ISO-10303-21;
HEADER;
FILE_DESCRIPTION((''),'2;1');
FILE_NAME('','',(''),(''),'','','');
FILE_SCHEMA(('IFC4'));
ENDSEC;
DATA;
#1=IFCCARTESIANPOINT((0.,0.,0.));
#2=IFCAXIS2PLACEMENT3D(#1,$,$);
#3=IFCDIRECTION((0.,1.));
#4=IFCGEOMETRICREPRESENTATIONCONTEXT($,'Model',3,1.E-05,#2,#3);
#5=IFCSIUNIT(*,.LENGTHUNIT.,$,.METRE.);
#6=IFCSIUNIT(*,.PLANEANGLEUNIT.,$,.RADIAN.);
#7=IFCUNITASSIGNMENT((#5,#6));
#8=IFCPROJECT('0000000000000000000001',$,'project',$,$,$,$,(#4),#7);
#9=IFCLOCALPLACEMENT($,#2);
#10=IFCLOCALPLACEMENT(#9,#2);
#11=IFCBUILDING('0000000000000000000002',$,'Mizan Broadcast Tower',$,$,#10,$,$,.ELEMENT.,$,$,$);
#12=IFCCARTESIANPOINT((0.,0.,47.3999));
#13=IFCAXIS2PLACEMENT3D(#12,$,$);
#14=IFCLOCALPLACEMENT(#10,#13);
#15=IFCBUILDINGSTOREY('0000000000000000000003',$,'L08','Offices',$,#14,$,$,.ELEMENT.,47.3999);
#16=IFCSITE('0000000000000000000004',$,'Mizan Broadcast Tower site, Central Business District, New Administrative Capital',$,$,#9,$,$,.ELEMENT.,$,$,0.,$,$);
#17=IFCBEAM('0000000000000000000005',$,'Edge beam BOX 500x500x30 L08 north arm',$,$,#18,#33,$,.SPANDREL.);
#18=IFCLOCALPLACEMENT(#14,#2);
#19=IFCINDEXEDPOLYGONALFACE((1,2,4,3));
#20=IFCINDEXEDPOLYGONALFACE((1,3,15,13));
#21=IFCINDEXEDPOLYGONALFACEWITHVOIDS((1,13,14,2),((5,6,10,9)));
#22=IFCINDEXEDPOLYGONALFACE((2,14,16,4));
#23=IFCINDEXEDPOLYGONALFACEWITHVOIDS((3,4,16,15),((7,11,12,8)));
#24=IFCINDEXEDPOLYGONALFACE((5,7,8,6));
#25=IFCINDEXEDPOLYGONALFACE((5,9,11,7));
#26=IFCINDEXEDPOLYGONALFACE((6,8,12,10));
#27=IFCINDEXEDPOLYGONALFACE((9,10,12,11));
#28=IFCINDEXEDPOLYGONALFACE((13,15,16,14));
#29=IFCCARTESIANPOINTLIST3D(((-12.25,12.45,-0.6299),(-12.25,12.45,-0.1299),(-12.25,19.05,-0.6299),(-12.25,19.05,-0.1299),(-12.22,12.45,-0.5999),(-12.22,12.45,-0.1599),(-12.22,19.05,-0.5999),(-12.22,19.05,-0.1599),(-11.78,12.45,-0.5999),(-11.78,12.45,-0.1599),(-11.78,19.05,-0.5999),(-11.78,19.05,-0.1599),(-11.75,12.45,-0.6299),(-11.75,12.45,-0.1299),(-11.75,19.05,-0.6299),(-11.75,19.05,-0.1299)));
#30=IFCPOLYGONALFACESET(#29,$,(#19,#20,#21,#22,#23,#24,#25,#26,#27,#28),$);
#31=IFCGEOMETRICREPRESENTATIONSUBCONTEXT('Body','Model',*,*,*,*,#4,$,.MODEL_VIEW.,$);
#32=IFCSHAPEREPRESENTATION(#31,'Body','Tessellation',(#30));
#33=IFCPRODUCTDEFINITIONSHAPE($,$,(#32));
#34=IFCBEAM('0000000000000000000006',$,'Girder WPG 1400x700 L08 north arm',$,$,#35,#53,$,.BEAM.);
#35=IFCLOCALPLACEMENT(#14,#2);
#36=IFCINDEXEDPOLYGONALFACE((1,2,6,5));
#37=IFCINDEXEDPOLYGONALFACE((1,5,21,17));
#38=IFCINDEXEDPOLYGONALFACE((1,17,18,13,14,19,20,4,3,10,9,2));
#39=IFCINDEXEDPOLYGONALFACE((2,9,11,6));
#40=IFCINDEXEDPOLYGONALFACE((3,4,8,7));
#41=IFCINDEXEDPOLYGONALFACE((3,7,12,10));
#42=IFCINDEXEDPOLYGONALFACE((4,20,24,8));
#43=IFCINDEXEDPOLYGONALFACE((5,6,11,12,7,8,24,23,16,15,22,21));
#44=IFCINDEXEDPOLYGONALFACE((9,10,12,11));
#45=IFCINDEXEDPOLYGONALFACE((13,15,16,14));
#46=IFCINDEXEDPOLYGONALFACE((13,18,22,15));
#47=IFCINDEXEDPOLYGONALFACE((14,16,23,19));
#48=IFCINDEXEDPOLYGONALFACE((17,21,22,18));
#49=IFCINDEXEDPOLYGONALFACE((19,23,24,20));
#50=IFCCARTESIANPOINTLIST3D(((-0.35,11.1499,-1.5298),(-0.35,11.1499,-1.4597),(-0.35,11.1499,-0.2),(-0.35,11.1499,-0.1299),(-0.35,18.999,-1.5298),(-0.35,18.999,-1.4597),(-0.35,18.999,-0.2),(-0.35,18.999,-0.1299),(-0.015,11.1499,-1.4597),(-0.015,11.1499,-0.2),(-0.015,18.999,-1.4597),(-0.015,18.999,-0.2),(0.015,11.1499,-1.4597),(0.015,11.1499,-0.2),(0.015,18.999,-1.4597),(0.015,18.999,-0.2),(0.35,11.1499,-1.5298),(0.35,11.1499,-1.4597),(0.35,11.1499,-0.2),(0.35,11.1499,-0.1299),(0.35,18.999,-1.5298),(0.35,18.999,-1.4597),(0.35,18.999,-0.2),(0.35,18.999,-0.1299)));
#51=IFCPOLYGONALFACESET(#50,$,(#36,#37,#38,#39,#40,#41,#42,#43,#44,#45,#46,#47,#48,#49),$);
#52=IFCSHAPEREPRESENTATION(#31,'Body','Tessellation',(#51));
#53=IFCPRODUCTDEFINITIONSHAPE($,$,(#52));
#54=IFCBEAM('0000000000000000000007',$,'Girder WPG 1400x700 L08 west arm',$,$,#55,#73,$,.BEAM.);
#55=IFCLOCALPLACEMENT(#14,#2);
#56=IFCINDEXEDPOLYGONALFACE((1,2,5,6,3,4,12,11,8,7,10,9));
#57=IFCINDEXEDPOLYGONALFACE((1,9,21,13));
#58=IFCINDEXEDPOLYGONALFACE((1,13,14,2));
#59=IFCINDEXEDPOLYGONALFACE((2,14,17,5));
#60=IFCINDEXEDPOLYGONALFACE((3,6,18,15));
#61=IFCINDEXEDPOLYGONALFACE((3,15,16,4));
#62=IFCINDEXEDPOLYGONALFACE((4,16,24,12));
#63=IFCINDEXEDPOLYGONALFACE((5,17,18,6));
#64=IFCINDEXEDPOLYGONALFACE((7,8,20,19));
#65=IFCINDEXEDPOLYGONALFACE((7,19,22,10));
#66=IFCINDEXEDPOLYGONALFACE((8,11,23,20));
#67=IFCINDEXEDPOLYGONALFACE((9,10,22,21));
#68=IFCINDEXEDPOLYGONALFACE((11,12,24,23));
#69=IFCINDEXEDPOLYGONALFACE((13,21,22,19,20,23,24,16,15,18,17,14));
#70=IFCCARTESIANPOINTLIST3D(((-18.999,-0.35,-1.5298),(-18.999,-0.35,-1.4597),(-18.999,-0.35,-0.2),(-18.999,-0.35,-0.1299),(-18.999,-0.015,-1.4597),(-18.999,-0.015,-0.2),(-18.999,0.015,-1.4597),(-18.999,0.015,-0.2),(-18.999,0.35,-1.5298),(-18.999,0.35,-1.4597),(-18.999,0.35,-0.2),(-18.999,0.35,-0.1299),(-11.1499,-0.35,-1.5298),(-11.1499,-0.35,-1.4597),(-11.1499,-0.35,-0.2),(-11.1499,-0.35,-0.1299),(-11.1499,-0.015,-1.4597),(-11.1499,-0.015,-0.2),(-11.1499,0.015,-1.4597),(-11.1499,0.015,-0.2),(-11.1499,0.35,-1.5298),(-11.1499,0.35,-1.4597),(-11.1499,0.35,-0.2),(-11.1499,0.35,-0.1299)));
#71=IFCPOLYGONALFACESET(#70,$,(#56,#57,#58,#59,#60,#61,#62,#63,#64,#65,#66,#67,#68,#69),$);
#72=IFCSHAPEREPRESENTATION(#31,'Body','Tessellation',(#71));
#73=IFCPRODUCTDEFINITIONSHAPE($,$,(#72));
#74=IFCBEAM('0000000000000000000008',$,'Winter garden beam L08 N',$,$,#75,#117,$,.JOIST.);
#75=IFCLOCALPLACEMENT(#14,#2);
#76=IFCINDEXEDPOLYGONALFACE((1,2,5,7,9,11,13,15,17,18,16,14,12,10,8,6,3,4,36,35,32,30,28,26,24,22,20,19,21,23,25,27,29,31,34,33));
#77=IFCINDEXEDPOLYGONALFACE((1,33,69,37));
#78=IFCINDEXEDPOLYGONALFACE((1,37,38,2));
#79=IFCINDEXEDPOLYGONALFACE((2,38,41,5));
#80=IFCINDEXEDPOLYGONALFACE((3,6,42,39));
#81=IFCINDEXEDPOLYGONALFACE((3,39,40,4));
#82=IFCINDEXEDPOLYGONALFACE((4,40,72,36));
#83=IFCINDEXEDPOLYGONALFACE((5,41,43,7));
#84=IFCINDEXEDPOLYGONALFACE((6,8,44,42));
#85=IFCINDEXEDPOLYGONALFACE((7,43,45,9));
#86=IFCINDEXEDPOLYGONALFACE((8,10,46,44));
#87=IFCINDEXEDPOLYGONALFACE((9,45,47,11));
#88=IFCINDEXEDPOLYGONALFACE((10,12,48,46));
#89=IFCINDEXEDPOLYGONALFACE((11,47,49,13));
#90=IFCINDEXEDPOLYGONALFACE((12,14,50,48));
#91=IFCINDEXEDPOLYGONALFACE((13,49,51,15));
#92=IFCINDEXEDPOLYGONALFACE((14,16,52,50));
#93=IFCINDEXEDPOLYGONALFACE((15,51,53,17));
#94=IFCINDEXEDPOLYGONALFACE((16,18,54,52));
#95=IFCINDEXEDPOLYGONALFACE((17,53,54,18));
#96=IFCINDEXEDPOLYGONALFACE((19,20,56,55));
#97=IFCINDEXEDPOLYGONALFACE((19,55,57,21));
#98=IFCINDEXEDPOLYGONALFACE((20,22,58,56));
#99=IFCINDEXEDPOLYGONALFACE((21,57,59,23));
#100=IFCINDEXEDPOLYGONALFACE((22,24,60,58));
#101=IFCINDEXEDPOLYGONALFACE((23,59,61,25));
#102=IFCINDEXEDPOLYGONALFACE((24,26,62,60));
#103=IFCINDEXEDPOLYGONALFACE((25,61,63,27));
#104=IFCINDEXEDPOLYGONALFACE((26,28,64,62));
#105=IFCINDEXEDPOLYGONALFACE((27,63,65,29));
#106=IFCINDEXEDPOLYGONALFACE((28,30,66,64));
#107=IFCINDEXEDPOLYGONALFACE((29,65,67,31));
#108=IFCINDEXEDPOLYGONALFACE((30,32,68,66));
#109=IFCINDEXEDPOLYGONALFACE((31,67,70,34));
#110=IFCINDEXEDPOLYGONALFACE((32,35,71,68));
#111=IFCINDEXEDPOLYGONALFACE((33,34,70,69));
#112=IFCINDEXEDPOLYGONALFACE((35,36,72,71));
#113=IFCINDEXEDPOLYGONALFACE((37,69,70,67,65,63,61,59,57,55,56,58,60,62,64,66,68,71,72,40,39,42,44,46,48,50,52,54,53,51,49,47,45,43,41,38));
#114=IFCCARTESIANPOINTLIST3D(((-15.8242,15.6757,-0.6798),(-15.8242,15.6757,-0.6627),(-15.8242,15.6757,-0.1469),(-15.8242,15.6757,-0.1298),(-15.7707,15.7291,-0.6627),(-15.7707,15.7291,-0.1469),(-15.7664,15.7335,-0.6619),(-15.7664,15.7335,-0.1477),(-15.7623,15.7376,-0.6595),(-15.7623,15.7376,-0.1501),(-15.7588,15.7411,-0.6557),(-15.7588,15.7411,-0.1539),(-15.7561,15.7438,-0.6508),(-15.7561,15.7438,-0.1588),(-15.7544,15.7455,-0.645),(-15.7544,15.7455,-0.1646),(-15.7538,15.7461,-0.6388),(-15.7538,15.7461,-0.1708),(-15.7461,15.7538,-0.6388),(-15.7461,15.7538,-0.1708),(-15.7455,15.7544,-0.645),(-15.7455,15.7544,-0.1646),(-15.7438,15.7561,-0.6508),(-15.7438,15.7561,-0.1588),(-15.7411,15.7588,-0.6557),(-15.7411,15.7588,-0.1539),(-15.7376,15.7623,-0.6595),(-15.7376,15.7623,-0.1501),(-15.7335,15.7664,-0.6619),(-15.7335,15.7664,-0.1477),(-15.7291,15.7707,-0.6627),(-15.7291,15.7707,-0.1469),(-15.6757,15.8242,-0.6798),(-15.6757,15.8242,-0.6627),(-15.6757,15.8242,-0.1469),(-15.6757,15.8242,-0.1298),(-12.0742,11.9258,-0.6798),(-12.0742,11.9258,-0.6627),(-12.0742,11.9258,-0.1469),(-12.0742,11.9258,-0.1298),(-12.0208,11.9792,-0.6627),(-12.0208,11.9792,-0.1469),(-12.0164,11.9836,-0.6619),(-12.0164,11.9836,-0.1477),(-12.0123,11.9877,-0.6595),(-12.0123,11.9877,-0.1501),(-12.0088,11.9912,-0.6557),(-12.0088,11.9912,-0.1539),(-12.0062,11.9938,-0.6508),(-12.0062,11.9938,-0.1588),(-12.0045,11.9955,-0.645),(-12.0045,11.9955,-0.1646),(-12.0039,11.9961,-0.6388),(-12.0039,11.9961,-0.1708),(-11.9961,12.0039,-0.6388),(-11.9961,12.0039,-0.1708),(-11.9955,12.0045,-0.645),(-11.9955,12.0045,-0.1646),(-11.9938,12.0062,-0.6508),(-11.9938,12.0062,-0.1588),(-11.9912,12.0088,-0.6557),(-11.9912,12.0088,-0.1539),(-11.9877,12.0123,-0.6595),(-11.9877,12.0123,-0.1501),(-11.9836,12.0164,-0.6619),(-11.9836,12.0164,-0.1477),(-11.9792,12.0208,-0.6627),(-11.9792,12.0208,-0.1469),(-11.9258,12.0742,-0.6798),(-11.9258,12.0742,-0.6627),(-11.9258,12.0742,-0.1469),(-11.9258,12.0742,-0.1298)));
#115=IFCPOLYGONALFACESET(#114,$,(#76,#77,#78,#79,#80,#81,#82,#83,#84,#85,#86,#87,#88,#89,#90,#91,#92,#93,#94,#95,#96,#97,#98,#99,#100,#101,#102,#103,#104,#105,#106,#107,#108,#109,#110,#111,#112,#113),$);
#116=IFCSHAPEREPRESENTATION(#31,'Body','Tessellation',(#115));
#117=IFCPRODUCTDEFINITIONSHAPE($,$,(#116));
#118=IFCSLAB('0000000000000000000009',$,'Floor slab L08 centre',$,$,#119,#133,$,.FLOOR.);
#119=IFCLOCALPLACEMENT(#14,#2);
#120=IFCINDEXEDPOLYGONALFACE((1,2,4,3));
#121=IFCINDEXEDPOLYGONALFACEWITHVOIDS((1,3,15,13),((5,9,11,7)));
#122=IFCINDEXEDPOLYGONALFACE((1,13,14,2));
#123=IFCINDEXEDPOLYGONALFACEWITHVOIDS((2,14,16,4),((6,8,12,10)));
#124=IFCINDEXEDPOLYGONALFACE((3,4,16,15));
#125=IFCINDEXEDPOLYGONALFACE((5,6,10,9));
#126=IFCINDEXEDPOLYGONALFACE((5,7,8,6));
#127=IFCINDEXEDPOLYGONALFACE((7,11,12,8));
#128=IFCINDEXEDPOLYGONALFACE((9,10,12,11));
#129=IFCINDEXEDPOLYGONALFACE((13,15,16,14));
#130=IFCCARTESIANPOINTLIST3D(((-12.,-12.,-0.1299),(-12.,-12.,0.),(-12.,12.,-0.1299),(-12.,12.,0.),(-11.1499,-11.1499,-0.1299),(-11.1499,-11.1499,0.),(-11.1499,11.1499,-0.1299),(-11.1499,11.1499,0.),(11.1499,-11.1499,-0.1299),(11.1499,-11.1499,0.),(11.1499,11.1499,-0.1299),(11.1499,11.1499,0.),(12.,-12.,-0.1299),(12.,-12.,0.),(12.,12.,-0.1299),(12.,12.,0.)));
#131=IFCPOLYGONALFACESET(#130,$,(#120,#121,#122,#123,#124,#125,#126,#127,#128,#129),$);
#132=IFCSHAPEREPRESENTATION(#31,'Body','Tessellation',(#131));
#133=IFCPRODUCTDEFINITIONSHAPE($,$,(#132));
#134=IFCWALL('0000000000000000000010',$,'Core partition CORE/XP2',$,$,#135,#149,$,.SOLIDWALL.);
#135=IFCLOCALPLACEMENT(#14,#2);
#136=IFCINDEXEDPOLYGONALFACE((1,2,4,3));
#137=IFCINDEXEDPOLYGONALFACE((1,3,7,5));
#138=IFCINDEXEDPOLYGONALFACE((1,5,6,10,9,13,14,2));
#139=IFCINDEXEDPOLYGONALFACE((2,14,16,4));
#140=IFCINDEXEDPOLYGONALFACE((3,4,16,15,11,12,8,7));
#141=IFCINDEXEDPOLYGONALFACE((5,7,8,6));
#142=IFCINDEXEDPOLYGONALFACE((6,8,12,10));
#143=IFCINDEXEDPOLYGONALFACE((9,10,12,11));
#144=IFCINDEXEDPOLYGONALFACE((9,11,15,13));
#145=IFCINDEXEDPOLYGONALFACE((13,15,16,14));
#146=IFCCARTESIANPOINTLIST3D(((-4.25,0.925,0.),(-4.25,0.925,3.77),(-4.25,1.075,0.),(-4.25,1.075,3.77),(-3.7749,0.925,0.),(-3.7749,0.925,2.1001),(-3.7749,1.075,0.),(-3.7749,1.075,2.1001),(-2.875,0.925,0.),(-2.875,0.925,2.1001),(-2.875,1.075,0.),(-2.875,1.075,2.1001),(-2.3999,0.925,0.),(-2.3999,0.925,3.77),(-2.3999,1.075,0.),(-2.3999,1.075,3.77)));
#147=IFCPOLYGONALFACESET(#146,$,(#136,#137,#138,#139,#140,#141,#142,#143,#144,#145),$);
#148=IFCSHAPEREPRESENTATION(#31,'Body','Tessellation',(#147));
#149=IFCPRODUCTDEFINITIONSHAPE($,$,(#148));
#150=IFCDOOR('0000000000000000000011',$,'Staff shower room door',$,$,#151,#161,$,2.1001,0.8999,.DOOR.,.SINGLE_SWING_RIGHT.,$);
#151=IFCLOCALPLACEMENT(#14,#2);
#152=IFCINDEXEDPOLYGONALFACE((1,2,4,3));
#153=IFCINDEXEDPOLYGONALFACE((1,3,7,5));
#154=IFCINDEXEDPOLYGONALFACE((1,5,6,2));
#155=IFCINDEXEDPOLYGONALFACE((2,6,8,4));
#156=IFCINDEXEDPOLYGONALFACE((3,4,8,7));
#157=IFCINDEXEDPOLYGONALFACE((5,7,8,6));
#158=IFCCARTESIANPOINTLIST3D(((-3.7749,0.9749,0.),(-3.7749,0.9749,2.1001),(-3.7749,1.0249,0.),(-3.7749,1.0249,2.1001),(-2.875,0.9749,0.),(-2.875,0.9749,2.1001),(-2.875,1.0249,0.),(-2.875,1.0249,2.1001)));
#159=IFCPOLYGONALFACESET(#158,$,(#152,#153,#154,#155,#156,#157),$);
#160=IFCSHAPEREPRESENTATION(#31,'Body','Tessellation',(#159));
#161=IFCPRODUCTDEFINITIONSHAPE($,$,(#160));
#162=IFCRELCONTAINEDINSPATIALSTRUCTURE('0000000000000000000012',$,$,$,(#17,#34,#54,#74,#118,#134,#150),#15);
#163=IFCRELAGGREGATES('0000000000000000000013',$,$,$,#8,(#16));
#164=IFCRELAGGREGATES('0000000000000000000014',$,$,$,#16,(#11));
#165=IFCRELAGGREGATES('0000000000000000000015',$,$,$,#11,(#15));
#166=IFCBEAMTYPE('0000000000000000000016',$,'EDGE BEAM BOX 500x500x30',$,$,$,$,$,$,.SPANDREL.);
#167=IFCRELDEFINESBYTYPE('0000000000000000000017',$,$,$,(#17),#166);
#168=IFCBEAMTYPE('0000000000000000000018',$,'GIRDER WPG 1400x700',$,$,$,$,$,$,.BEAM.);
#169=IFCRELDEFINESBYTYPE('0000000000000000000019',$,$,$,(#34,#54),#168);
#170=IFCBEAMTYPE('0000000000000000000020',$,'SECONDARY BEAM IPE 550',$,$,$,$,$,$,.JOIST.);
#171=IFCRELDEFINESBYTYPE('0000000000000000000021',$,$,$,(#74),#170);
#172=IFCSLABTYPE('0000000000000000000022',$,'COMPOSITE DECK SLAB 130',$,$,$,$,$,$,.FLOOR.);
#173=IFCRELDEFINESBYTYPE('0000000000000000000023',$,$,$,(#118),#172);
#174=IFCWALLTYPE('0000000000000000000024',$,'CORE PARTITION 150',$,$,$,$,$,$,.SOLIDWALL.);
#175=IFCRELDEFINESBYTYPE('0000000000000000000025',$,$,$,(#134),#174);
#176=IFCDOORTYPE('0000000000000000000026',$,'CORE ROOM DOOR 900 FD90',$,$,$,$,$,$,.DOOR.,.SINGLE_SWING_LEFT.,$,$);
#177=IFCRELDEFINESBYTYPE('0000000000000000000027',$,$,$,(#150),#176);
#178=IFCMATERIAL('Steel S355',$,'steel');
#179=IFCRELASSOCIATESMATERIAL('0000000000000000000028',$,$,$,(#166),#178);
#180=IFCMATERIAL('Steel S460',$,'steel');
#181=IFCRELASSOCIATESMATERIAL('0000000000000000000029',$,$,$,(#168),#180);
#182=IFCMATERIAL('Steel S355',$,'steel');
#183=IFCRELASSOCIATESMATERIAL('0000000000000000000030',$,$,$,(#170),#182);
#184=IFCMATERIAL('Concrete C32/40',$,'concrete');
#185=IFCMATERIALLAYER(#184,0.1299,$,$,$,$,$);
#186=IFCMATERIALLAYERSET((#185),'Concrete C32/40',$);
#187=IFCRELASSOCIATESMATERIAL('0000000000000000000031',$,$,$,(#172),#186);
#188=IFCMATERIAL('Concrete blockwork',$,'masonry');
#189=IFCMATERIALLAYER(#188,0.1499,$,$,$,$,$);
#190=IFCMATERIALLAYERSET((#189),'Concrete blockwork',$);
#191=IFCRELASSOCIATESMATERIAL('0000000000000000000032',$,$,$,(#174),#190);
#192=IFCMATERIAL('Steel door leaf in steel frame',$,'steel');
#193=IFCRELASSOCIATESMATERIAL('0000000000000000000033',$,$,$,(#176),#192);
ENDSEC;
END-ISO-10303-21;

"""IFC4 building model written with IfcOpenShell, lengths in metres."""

from ifc_helpers import new_model, si_unit, direction, frame, frame_2d, origin, origin_2d, place, context, subcontext, project, spatial, polyline, rectangle, hollow_rectangle, i_section, outline, extrude, material, layer, layer_set, material_profile, profile_set, type_object, element, fill, save


model = new_model("IFC4")

# Units and contexts
model_context = context("Model", 3, precision=1e-05, world=origin(), true_north=direction((0.0, 1.0)))
body_context = subcontext(model_context, "Body", "Model", "MODEL_VIEW")
ifc_project = project(units=[si_unit("LENGTHUNIT", "METRE"), si_unit("PLANEANGLEUNIT", "RADIAN")], contexts=[model_context])

# Site, building, storey
site_placement = place(None, origin())
site = spatial("IfcSite", under=ifc_project, at=site_placement, Name="Mizan Broadcast Tower site, Central Business District, New Administrative Capital", CompositionType="ELEMENT", RefElevation=0.0)
building_placement = place(site_placement, origin())
building = spatial("IfcBuilding", under=site, at=building_placement, Name="Mizan Broadcast Tower", CompositionType="ELEMENT")
storey_placement = place(building_placement, frame((0.0, 0.0, 47.3999)))
storey = spatial("IfcBuildingStorey", under=building, at=storey_placement, Name="L08", Description="Offices", CompositionType="ELEMENT", Elevation=47.3999)

# Beams
ifc_material_1 = material(Name="Steel S355", Category="steel")
ifc_material_profile_1 = material_profile(ifc_material_1, hollow_rectangle(XDim=0.5, YDim=0.5, WallThickness=0.03, at=origin_2d()), Name="BOX 500x500x30")
ifc_profile_set_1 = profile_set([ifc_material_profile_1], Name="Steel S355")
beam_type_1 = type_object("IfcBeamType", Name="EDGE BEAM BOX 500x500x30", PredefinedType="SPANDREL", material=ifc_profile_set_1)
beam_1_placement = place(storey_placement, frame((-12.0, 12.45, -0.3799), z_axis=(0.0, 1.0, 0.0), x_axis=(-1.0, 0.0, 0.0)))
element("IfcBeam", 1, at=beam_1_placement, inside=storey, type_object=beam_type_1, Name="Edge beam BOX 500x500x30 L08 north arm", PredefinedType="SPANDREL", context=body_context, shape_type="SweptSolid", body=[
    extrude(hollow_rectangle(XDim=0.5, YDim=0.5, WallThickness=0.03, at=origin_2d()), origin(), (0.0, 0.0, 1.0), 6.6001),
])
ifc_material_2 = material(Name="Steel S460", Category="steel")
ifc_material_profile_2 = material_profile(ifc_material_2, i_section(OverallWidth=0.7, OverallDepth=1.3999, WebThickness=0.03, FlangeThickness=0.0701, at=origin_2d()), Name="WPG 1400x700")
ifc_profile_set_2 = profile_set([ifc_material_profile_2], Name="Steel S460")
beam_type_2 = type_object("IfcBeamType", Name="GIRDER WPG 1400x700", PredefinedType="BEAM", material=ifc_profile_set_2)
for number, where, z_axis, x_axis, name in (
    (2, (0.0, 11.1499, -0.8298), (0.0, 1.0, 0.0), (-1.0, 0.0, 0.0), "Girder WPG 1400x700 L08 north arm"),
    (3, (-11.1499, 0.0, -0.8298), (-1.0, 0.0, 0.0), (0.0, -1.0, 0.0), "Girder WPG 1400x700 L08 west arm"),
):
    element("IfcBeam", number, at=place(storey_placement, frame(where, z_axis=z_axis, x_axis=x_axis)), inside=storey, type_object=beam_type_2, Name=name, PredefinedType="BEAM", context=body_context, shape_type="SweptSolid", body=[
        extrude(i_section(OverallWidth=0.7, OverallDepth=1.3999, WebThickness=0.03, FlangeThickness=0.0701, at=origin_2d()), origin(), (0.0, 0.0, 1.0), 7.8491),
    ])
ifc_material_3 = material(Name="Steel S355", Category="steel")
ifc_material_profile_3 = material_profile(ifc_material_3, i_section(OverallWidth=0.21, OverallDepth=0.55, WebThickness=0.011, FlangeThickness=0.0171, FilletRadius=0.0239, at=origin_2d()), Name="IPE 550")
ifc_profile_set_3 = profile_set([ifc_material_profile_3], Name="Steel S355")
beam_type_3 = type_object("IfcBeamType", Name="SECONDARY BEAM IPE 550", PredefinedType="JOIST", material=ifc_profile_set_3)
beam_2_placement = place(storey_placement, frame((-12.0, 12.0, -0.4048), z_axis=(-0.707107, 0.707107, 0.0), x_axis=(-0.707107, -0.707107, 0.0)))
element("IfcBeam", 4, at=beam_2_placement, inside=storey, type_object=beam_type_3, Name="Winter garden beam L08 N", PredefinedType="JOIST", context=body_context, shape_type="SweptSolid", body=[
    extrude(i_section(OverallWidth=0.21, OverallDepth=0.55, WebThickness=0.011, FlangeThickness=0.0171, FilletRadius=0.0239, at=origin_2d()), origin(), (0.0, 0.0, 1.0), 5.3032),
])

# Slab
ifc_material_4 = material(Name="Concrete C32/40", Category="concrete")
ifc_layer_1 = layer(ifc_material_4, 0.1299)
ifc_layer_set_1 = layer_set([ifc_layer_1], Name="Concrete C32/40")
slab_type = type_object("IfcSlabType", Name="COMPOSITE DECK SLAB 130", PredefinedType="FLOOR", material=ifc_layer_set_1)
slab_placement = place(storey_placement, frame((0.0, 0.0, -0.1299)))
element("IfcSlab", 5, at=slab_placement, inside=storey, type_object=slab_type, Name="Floor slab L08 centre", PredefinedType="FLOOR", context=body_context, shape_type="SweptSolid", body=[
    extrude(outline(polyline([(-12.0, -12.0), (12.0, -12.0), (12.0, 12.0), (-12.0, 12.0), (-12.0, -12.0)]), holes=[polyline([(-11.1499, 11.1499), (11.1499, 11.1499), (11.1499, -11.1499), (-11.1499, -11.1499), (-11.1499, 11.1499)])]), origin(), (0.0, 0.0, 1.0), 0.1299),
])

# Wall, opening, door
ifc_material_5 = material(Name="Concrete blockwork", Category="masonry")
ifc_layer_2 = layer(ifc_material_5, 0.1499)
ifc_layer_set_2 = layer_set([ifc_layer_2], Name="Concrete blockwork")
wall_type_1 = type_object("IfcWallType", Name="CORE PARTITION 150", PredefinedType="SOLIDWALL", material=ifc_layer_set_2)
wall_1_placement = place(storey_placement, frame((-4.25, 1.0, 0.0), z_axis=(0.0, 0.0, 1.0), x_axis=(1.0, 0.0, 0.0)))
wall_1 = element("IfcWall", 6, at=wall_1_placement, inside=storey, type_object=wall_type_1, Name="Core partition CORE/XP2", PredefinedType="SOLIDWALL", context=body_context, shape_type="SweptSolid", body=[
    extrude(rectangle(XDim=1.8501, YDim=0.1499, at=frame_2d((0.925, 0.0))), origin(), (0.0, 0.0, 1.0), 3.77),
])
opening_1_placement = place(wall_1_placement, frame((0.4751, 0.0, 0.0)))
opening_1 = element("IfcOpeningElement", 7, at=opening_1_placement, cuts=wall_1, PredefinedType="OPENING", context=body_context, shape_type="SweptSolid", body=[
    extrude(rectangle(XDim=0.8999, YDim=2.1001, at=frame_2d((0.45, 1.05))), frame((0.0, 0.085, 0.0), z_axis=(0.0, -1.0, 0.0), x_axis=(1.0, 0.0, 0.0)), (0.0, 0.0, 1.0), 0.1699),
])
ifc_material_6 = material(Name="Steel door leaf in steel frame", Category="steel")
door_type_1 = type_object("IfcDoorType", Name="CORE ROOM DOOR 900 FD90", OperationType="SINGLE_SWING_LEFT", PredefinedType="DOOR", material=ifc_material_6)
door_1_placement = place(opening_1_placement, origin())
door_1 = element("IfcDoor", 8, at=door_1_placement, inside=storey, type_object=door_type_1, Name="Staff shower room door", OperationType="SINGLE_SWING_RIGHT", OverallHeight=2.1001, OverallWidth=0.8999, PredefinedType="DOOR", context=body_context, shape_type="SweptSolid", body=[
    extrude(rectangle(XDim=0.8999, YDim=2.1001, at=frame_2d((0.45, 1.05))), frame((0.0, 0.0249, 0.0), z_axis=(0.0, -1.0, 0.0), x_axis=(1.0, 0.0, 0.0)), (0.0, 0.0, 1.0), 0.05),
])
fill(opening_1, door_1)

save(model, "model.ifc")
